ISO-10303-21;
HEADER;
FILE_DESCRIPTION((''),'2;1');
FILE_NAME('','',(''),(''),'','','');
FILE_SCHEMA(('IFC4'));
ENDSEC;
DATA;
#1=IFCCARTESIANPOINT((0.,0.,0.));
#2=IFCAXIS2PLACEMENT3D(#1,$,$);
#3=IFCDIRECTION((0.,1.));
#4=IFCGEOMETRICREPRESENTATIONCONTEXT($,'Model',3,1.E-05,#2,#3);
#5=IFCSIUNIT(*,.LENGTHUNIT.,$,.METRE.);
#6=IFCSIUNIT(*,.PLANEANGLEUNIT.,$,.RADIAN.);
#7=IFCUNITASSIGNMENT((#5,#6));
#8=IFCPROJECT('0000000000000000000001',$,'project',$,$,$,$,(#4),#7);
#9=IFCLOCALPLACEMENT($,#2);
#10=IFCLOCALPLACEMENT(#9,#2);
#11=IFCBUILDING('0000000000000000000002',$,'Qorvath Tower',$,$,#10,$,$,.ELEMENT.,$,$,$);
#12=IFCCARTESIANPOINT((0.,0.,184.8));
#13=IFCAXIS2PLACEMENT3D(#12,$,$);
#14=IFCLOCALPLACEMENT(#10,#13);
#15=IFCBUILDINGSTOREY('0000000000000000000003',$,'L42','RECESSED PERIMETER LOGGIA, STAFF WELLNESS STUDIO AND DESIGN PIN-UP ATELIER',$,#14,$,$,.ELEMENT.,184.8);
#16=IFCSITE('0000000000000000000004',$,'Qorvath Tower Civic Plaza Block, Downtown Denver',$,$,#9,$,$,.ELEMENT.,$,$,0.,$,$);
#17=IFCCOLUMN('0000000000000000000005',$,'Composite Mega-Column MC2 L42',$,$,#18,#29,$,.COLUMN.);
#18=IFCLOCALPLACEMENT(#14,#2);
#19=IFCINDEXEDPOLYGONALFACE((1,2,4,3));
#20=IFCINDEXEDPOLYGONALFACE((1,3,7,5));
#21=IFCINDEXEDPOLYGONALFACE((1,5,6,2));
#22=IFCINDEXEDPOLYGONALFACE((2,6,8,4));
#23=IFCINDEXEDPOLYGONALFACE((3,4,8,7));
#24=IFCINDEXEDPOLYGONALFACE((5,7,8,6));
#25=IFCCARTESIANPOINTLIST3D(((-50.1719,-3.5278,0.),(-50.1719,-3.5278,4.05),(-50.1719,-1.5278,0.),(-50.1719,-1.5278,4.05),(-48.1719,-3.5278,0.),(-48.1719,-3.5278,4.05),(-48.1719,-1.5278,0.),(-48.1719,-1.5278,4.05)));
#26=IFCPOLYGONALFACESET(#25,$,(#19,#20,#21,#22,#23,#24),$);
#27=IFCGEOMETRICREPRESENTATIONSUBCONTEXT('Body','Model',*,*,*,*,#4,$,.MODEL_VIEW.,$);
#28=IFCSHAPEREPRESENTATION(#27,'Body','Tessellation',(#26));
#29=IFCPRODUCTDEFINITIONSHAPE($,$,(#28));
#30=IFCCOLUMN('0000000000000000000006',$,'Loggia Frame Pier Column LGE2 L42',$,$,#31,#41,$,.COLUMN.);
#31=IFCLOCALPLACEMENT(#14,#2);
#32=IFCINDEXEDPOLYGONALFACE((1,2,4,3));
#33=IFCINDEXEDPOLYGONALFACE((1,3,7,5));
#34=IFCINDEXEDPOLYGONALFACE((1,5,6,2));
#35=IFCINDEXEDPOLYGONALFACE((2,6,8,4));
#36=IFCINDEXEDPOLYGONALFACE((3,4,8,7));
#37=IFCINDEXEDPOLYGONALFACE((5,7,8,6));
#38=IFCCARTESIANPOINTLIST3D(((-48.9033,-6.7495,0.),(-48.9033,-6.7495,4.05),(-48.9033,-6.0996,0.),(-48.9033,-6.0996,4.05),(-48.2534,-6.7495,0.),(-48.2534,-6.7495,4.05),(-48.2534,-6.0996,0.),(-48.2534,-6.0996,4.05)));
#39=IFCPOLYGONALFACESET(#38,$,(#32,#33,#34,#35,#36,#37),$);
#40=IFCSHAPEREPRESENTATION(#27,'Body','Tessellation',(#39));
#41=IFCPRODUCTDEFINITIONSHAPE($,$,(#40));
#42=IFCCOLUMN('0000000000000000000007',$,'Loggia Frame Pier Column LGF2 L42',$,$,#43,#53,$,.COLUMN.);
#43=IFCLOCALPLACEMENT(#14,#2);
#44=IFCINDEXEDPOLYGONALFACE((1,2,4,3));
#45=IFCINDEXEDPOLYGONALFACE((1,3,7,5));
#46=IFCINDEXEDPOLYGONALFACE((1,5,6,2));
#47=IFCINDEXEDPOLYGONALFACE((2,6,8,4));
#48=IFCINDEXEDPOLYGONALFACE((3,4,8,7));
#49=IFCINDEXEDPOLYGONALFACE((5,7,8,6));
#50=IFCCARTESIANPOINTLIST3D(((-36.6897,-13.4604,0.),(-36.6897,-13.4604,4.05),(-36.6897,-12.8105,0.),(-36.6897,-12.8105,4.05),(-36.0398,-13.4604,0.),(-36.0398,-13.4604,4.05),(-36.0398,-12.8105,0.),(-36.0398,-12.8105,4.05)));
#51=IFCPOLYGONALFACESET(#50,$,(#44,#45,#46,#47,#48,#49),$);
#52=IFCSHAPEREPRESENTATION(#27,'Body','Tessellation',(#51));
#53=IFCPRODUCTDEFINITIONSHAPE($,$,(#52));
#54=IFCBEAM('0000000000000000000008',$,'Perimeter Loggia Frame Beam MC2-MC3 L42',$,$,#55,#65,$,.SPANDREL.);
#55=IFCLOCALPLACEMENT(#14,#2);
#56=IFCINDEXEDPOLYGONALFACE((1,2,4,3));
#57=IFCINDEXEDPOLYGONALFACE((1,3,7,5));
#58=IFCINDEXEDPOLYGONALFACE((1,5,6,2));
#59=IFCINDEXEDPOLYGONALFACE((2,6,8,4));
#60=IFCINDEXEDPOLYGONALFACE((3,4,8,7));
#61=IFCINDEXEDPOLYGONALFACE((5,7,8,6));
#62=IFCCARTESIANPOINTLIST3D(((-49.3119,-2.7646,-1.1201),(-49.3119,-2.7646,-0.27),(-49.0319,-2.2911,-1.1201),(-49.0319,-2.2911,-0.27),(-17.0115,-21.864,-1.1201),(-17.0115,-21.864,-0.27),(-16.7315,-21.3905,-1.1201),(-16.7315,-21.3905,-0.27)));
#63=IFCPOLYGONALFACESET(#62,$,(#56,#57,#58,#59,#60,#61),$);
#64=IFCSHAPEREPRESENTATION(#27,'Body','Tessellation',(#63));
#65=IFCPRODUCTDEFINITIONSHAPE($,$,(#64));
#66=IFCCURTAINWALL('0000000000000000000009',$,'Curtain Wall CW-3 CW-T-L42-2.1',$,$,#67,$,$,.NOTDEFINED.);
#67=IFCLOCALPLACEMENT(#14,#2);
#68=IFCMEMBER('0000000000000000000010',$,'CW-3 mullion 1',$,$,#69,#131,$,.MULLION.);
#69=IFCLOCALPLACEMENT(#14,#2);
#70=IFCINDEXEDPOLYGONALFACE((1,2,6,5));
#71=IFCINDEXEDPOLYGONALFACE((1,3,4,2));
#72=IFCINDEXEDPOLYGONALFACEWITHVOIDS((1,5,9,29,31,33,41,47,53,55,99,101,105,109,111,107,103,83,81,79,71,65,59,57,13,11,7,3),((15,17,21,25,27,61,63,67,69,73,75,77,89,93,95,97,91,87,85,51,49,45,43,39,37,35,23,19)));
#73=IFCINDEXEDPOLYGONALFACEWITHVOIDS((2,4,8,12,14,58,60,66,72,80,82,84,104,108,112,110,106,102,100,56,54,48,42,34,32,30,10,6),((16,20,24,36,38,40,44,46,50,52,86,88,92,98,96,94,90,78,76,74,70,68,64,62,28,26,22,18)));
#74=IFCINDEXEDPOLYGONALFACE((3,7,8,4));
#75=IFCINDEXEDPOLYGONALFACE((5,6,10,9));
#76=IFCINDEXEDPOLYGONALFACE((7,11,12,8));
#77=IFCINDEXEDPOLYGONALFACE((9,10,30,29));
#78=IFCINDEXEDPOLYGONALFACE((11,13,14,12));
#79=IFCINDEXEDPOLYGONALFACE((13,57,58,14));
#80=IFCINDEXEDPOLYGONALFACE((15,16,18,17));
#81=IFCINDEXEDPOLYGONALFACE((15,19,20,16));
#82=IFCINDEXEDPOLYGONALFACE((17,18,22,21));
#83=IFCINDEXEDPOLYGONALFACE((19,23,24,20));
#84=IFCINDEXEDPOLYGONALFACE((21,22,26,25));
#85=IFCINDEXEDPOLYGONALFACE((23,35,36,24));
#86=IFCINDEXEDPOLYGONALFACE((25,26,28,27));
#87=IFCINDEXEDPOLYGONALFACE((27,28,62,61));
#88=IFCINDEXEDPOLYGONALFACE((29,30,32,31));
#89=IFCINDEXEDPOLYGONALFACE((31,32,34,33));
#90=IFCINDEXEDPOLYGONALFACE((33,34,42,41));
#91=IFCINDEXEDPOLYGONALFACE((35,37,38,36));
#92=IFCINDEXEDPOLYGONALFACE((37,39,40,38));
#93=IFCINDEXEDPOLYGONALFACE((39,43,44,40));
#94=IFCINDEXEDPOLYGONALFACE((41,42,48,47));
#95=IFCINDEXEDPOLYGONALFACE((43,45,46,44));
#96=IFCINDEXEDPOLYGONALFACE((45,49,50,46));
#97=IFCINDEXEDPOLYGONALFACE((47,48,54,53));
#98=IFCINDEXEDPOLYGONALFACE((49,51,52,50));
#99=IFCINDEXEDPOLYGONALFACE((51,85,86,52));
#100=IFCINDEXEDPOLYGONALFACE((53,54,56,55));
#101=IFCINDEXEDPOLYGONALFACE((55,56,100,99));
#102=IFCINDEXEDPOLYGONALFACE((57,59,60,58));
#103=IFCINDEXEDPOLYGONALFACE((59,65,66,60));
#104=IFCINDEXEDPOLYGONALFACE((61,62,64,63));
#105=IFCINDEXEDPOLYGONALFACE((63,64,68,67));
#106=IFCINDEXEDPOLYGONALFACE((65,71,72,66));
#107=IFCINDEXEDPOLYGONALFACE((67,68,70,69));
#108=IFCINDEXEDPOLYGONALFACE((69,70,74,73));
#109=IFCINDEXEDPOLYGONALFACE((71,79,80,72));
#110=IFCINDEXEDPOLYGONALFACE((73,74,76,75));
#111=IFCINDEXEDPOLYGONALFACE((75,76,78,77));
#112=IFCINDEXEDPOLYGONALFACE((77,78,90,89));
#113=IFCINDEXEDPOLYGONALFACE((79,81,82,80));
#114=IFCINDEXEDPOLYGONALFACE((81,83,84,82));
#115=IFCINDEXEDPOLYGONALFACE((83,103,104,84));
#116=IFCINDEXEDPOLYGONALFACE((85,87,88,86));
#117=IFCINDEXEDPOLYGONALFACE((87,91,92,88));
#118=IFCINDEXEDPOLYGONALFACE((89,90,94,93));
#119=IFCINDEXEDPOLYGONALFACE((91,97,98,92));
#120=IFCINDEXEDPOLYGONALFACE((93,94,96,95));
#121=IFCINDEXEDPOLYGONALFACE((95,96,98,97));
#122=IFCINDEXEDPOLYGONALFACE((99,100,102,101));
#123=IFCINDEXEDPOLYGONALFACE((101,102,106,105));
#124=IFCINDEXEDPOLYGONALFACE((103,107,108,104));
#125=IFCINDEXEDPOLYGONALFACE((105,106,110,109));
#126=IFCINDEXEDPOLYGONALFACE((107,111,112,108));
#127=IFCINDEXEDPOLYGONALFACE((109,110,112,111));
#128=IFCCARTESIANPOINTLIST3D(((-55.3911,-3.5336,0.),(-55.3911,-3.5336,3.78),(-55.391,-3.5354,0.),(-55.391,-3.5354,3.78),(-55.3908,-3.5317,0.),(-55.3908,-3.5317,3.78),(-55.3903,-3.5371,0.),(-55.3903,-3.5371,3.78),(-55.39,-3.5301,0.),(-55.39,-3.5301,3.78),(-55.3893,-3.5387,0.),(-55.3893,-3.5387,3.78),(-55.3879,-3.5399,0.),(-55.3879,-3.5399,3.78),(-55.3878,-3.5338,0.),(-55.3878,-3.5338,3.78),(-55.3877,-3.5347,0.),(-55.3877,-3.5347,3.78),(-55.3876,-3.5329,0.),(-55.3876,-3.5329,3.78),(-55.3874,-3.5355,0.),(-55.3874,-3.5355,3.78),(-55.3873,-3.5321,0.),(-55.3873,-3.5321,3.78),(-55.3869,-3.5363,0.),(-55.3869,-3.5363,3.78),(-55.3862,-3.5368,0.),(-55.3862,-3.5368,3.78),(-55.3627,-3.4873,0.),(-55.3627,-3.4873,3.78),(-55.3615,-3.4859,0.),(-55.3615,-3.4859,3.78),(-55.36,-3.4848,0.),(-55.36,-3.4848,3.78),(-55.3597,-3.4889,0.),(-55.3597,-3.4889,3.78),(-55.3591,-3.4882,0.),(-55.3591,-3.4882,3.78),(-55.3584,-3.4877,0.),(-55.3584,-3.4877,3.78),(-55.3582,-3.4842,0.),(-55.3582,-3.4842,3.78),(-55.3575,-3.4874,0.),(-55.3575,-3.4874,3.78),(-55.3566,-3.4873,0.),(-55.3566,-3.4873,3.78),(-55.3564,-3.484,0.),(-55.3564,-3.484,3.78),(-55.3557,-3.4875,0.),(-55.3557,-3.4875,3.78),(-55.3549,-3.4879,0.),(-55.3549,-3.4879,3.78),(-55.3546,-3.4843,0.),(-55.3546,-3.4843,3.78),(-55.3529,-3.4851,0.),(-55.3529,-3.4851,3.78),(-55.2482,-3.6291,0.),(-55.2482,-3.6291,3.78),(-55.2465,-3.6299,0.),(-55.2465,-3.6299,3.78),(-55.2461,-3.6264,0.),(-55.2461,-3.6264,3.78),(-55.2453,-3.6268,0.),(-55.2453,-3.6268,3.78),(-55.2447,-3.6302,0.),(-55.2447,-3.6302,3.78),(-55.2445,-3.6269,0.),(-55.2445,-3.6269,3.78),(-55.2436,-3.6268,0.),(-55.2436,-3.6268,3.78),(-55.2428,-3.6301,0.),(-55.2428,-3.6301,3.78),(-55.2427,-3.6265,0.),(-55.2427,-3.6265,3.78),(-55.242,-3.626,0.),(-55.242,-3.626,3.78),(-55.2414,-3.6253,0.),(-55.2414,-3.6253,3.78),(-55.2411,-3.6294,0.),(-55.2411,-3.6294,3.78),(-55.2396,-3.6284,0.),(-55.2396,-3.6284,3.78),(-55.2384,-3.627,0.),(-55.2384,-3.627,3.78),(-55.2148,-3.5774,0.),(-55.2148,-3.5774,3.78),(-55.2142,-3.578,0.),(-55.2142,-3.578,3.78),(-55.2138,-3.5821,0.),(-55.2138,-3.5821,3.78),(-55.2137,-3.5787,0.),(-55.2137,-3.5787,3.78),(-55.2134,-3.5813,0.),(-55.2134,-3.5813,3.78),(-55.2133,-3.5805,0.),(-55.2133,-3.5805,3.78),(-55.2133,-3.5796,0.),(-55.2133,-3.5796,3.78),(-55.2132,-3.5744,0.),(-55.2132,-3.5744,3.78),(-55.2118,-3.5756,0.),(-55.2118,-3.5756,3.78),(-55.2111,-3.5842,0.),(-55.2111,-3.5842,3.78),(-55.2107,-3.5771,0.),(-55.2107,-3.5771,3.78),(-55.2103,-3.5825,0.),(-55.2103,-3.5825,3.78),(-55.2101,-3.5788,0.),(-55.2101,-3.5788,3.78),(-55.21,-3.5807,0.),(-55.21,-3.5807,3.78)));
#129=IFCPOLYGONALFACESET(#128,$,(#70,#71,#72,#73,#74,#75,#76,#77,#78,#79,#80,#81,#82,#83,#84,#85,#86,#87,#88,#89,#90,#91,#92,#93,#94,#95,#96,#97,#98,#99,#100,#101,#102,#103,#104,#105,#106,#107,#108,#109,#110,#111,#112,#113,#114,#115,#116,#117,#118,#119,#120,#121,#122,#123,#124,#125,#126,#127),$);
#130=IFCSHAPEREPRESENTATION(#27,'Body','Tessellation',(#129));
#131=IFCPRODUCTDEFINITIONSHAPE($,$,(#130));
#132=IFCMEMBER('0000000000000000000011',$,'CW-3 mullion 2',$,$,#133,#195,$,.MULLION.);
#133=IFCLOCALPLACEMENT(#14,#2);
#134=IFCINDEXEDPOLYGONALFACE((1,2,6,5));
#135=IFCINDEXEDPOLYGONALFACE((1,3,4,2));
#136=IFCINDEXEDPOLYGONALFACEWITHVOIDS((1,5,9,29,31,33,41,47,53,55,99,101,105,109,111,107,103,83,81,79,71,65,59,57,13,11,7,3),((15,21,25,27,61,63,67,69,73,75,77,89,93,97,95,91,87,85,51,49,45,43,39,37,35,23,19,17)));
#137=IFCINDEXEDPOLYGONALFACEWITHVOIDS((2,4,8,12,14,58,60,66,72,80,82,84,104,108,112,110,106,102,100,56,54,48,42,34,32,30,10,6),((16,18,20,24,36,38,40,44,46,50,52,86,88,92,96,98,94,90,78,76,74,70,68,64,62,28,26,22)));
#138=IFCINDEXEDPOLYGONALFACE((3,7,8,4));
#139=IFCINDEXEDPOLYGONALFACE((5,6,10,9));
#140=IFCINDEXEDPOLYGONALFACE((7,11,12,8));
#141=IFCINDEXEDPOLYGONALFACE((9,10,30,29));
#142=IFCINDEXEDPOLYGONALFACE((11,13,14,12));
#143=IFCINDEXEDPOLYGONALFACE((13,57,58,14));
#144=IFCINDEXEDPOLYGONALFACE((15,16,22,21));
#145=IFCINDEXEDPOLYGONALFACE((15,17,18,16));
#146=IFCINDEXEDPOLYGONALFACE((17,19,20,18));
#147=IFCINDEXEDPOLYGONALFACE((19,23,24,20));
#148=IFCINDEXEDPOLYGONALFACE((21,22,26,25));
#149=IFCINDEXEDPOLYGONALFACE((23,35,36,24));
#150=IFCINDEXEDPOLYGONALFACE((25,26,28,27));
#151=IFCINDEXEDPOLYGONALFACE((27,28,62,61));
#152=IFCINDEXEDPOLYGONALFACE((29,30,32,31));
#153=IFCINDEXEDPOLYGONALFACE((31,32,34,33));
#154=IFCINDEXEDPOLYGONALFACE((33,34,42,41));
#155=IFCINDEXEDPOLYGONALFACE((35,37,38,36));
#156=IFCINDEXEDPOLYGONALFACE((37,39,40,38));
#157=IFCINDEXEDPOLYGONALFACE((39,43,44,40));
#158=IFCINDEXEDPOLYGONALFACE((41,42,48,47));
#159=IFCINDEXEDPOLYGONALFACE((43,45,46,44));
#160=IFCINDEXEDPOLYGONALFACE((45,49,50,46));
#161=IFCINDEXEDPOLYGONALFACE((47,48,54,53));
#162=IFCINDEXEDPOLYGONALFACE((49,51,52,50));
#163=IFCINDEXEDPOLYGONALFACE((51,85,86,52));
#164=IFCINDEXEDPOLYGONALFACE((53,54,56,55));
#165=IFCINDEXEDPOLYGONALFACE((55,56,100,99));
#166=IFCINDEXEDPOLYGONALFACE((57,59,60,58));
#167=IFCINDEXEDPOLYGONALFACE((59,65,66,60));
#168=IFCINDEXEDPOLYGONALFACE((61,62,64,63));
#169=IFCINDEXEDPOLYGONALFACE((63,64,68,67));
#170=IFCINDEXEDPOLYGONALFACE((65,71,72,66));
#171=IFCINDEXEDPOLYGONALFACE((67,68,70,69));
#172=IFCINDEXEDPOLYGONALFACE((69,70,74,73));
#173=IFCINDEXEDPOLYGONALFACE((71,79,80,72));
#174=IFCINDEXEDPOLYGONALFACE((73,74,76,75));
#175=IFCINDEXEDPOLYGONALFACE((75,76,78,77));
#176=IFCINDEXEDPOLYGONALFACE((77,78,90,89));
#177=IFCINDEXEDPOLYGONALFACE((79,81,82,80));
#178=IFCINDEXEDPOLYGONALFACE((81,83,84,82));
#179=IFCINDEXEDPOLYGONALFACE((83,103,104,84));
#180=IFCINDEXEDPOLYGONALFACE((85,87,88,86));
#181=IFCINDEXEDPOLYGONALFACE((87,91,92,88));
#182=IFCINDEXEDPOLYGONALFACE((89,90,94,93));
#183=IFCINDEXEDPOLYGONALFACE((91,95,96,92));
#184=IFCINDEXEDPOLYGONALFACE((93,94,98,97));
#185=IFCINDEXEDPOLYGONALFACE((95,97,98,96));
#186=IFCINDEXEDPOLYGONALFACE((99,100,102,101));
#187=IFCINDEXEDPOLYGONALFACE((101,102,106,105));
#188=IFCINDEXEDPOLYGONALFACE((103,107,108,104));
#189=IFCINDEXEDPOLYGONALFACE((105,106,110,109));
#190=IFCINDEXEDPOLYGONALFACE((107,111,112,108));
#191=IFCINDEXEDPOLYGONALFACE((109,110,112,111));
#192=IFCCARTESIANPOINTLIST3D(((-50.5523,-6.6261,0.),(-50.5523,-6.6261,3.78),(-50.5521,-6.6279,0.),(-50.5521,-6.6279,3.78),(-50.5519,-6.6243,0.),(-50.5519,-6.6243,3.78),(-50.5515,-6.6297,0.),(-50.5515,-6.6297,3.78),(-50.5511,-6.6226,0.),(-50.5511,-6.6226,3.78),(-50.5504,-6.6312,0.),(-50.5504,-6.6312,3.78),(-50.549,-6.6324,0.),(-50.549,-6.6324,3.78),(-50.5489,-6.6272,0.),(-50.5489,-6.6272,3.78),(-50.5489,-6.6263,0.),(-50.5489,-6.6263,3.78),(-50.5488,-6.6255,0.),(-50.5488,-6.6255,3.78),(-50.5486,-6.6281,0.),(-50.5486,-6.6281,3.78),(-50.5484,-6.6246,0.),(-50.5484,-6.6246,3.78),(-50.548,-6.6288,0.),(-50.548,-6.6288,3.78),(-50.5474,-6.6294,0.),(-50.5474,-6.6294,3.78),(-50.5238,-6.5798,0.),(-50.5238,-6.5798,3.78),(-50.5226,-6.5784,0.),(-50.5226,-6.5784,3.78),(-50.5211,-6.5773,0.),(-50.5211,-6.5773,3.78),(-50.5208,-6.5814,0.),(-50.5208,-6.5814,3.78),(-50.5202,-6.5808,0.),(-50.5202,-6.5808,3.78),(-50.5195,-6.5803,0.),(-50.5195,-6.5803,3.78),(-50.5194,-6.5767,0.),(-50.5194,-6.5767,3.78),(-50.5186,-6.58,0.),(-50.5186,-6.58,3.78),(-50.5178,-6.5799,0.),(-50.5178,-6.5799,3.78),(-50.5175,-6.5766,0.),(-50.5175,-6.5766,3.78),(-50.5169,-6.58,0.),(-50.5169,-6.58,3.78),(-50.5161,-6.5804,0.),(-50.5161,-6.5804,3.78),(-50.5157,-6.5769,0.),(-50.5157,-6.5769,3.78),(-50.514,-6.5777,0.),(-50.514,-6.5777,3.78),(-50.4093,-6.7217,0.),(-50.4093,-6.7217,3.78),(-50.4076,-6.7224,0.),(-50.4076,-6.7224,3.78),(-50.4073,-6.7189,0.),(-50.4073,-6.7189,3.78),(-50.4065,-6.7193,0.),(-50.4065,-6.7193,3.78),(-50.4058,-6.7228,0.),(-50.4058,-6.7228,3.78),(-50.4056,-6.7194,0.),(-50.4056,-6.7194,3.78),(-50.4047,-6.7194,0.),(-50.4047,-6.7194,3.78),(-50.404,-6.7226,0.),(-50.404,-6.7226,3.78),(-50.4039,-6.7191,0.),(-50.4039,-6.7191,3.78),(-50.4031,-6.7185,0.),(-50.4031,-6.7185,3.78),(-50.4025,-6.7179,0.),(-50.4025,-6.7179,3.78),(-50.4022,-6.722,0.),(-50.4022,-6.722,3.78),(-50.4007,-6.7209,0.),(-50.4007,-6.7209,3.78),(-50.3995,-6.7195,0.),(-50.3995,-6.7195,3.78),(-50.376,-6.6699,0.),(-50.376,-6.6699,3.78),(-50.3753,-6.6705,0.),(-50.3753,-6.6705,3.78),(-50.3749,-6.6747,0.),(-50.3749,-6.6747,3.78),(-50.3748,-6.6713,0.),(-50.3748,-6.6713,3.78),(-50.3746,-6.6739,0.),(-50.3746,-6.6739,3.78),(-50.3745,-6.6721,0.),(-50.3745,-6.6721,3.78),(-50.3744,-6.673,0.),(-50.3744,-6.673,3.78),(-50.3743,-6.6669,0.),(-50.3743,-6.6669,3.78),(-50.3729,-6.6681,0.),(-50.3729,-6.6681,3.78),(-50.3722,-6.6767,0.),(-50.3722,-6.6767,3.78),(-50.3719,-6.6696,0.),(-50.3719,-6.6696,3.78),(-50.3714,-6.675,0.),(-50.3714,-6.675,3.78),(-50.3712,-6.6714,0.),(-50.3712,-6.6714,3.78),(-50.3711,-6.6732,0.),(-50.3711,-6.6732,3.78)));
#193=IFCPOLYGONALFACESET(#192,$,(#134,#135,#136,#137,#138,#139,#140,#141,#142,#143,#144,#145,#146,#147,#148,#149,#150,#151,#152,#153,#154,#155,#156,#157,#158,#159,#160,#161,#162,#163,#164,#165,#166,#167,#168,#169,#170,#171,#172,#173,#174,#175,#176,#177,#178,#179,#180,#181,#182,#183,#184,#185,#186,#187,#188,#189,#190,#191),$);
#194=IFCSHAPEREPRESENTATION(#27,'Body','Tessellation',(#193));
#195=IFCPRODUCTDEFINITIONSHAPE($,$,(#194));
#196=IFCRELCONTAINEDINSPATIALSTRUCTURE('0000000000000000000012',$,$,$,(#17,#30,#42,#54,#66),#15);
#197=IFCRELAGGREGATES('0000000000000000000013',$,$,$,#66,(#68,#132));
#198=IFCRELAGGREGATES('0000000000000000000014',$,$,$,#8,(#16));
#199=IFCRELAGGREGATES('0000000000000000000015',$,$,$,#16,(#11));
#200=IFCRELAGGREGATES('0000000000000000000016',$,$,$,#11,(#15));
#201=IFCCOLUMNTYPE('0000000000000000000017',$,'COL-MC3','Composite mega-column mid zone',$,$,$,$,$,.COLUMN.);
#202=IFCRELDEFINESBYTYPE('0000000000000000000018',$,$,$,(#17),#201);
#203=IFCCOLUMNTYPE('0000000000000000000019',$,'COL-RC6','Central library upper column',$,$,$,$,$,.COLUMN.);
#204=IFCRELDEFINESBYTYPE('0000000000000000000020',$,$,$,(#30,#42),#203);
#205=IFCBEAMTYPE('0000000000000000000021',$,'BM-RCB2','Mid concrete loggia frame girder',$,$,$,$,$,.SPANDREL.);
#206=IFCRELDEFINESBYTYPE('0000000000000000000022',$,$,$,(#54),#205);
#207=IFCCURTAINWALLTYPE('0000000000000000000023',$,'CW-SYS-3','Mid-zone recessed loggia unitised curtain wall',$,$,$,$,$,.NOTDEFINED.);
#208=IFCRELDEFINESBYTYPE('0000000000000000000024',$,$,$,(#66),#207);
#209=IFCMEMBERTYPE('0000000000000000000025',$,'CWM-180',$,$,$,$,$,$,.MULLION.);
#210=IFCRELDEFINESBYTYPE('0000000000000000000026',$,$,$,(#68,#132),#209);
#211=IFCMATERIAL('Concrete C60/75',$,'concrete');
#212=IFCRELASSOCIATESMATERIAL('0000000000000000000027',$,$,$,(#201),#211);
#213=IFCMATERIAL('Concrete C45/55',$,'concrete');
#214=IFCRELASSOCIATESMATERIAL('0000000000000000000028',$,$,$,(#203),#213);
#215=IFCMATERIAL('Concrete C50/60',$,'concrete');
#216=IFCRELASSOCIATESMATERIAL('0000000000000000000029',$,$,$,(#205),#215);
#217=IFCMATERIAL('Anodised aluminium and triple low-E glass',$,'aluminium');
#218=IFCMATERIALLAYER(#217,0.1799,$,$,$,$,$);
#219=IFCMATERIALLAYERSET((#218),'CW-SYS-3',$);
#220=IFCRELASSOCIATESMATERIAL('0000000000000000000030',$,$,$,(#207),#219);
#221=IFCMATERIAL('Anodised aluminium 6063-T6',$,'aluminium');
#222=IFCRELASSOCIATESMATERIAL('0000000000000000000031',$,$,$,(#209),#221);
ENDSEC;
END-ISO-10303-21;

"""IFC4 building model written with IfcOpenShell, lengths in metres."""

from ifc_helpers import new_model, si_unit, direction, frame, origin, origin_2d, place, context, subcontext, project, spatial, rectangle, hollow_rectangle, extrude, material, layer, layer_set, material_profile, profile_set, type_object, element, aggregate, save


model = new_model("IFC4")

# Units and contexts
model_context = context("Model", 3, precision=1e-05, world=origin(), true_north=direction((0.0, 1.0)))
body_context = subcontext(model_context, "Body", "Model", "MODEL_VIEW")
ifc_project = project(units=[si_unit("LENGTHUNIT", "METRE"), si_unit("PLANEANGLEUNIT", "RADIAN")], contexts=[model_context])

# Site, building, storey
site_placement = place(None, origin())
site = spatial("IfcSite", under=ifc_project, at=site_placement, Name="Qorvath Tower Civic Plaza Block, Downtown Denver", CompositionType="ELEMENT", RefElevation=0.0)
building_placement = place(site_placement, origin())
building = spatial("IfcBuilding", under=site, at=building_placement, Name="Qorvath Tower", CompositionType="ELEMENT")
storey_placement = place(building_placement, frame((0.0, 0.0, 184.8)))
storey = spatial("IfcBuildingStorey", under=building, at=storey_placement, Name="L42", Description="RECESSED PERIMETER LOGGIA, STAFF WELLNESS STUDIO AND DESIGN PIN-UP ATELIER", CompositionType="ELEMENT", Elevation=184.8)

# Columns
ifc_material_1 = material(Name="Concrete C60/75", Category="concrete")
ifc_material_profile_1 = material_profile(ifc_material_1, rectangle(XDim=2.0, YDim=2.0, at=origin_2d()), Name="MC 2000x2000")
ifc_profile_set_1 = profile_set([ifc_material_profile_1], Name="Concrete C60/75")
column_type_1 = type_object("IfcColumnType", Name="COL-MC3", Description="Composite mega-column mid zone", PredefinedType="COLUMN", material=ifc_profile_set_1)
column_placement = place(storey_placement, frame((-49.1719, -2.5278, 0.0), z_axis=(0.0, 0.0, 1.0), x_axis=(1.0, 0.0, 0.0)))
element("IfcColumn", 1, at=column_placement, inside=storey, type_object=column_type_1, Name="Composite Mega-Column MC2 L42", PredefinedType="COLUMN", context=body_context, shape_type="SweptSolid", body=[
    extrude(rectangle(XDim=2.0, YDim=2.0, at=origin_2d()), origin(), (0.0, 0.0, 1.0), 4.05),
])
ifc_material_2 = material(Name="Concrete C45/55", Category="concrete")
ifc_material_profile_2 = material_profile(ifc_material_2, rectangle(XDim=0.6499, YDim=0.6499, at=origin_2d()), Name="RC 650x650")
ifc_profile_set_2 = profile_set([ifc_material_profile_2], Name="Concrete C45/55")
column_type_2 = type_object("IfcColumnType", Name="COL-RC6", Description="Central library upper column", PredefinedType="COLUMN", material=ifc_profile_set_2)
for number, where, z_axis, x_axis, name in (
    (2, (-48.5784, -6.4246, 0.0), (0.0, 0.0, 1.0), (1.0, 0.0, 0.0), "Loggia Frame Pier Column LGE2 L42"),
    (3, (-36.3647, -13.1355, 0.0), (0.0, 0.0, 1.0), (1.0, 0.0, 0.0), "Loggia Frame Pier Column LGF2 L42"),
):
    element("IfcColumn", number, at=place(storey_placement, frame(where, z_axis=z_axis, x_axis=x_axis)), inside=storey, type_object=column_type_2, Name=name, PredefinedType="COLUMN", context=body_context, shape_type="SweptSolid", body=[
        extrude(rectangle(XDim=0.6499, YDim=0.6499, at=origin_2d()), origin(), (0.0, 0.0, 1.0), 4.05),
    ])

# Beam
ifc_material_3 = material(Name="Concrete C50/60", Category="concrete")
ifc_material_profile_3 = material_profile(ifc_material_3, rectangle(XDim=0.55, YDim=0.8501, at=origin_2d()), Name="RCB 850x550")
ifc_profile_set_3 = profile_set([ifc_material_profile_3], Name="Concrete C50/60")
beam_type = type_object("IfcBeamType", Name="BM-RCB2", Description="Mid concrete loggia frame girder", PredefinedType="SPANDREL", material=ifc_profile_set_3)
beam_placement = place(storey_placement, frame((-49.1719, -2.5278, -0.6951), z_axis=(0.860777, -0.508983, 0.0), x_axis=(0.508983, 0.860777, 0.0)))
element("IfcBeam", 4, at=beam_placement, inside=storey, type_object=beam_type, Name="Perimeter Loggia Frame Beam MC2-MC3 L42", PredefinedType="SPANDREL", context=body_context, shape_type="SweptSolid", body=[
    extrude(rectangle(XDim=0.55, YDim=0.8501, at=origin_2d()), origin(), (0.0, 0.0, 1.0), 37.5247),
])

# Curtain wall, members
ifc_material_4 = material(Name="Anodised aluminium and triple low-E glass", Category="aluminium")
ifc_layer_1 = layer(ifc_material_4, 0.1799)
ifc_layer_set_1 = layer_set([ifc_layer_1], Name="CW-SYS-3")
curtain_wall_type = type_object("IfcCurtainWallType", Name="CW-SYS-3", Description="Mid-zone recessed loggia unitised curtain wall", PredefinedType="NOTDEFINED", material=ifc_layer_set_1)
curtain_wall_placement = place(storey_placement, origin())
curtain_wall = element("IfcCurtainWall", 5, at=curtain_wall_placement, inside=storey, type_object=curtain_wall_type, Name="Curtain Wall CW-3 CW-T-L42-2.1", PredefinedType="NOTDEFINED")
ifc_material_5 = material(Name="Anodised aluminium 6063-T6", Category="aluminium")
ifc_material_profile_4 = material_profile(ifc_material_5, hollow_rectangle(XDim=0.0649, YDim=0.1799, WallThickness=0.0034, InnerFilletRadius=0.0034, OuterFilletRadius=0.0071, at=origin_2d()), Name="CWM 180x65")
ifc_profile_set_4 = profile_set([ifc_material_profile_4], Name="Anodised aluminium 6063-T6")
member_type_1 = type_object("IfcMemberType", Name="CWM-180", PredefinedType="MULLION", material=ifc_profile_set_4)
member_1_placement = place(storey_placement, frame((-55.3005, -3.5571, 0.0), z_axis=(0.0, 0.0, 1.0), x_axis=(0.53853, 0.842607, 0.0)))
member_1 = element("IfcMember", 6, at=member_1_placement, type_object=member_type_1, Name="CW-3 mullion 1", PredefinedType="MULLION", context=body_context, shape_type="SweptSolid", body=[
    extrude(hollow_rectangle(XDim=0.0649, YDim=0.1799, WallThickness=0.0034, InnerFilletRadius=0.0034, OuterFilletRadius=0.0071, at=origin_2d()), origin(), (0.0, 0.0, 1.0), 3.78),
])
member_2_placement = place(storey_placement, frame((-50.4617, -6.6497, 0.0), z_axis=(0.0, 0.0, 1.0), x_axis=(0.53853, 0.842607, 0.0)))
member_2 = element("IfcMember", 7, at=member_2_placement, type_object=member_type_1, Name="CW-3 mullion 2", PredefinedType="MULLION", context=body_context, shape_type="SweptSolid", body=[
    extrude(hollow_rectangle(XDim=0.0649, YDim=0.1799, WallThickness=0.0034, InnerFilletRadius=0.0034, OuterFilletRadius=0.0071, at=origin_2d()), origin(), (0.0, 0.0, 1.0), 3.78),
])
aggregate(curtain_wall, [member_1, member_2])

save(model, "model.ifc")
